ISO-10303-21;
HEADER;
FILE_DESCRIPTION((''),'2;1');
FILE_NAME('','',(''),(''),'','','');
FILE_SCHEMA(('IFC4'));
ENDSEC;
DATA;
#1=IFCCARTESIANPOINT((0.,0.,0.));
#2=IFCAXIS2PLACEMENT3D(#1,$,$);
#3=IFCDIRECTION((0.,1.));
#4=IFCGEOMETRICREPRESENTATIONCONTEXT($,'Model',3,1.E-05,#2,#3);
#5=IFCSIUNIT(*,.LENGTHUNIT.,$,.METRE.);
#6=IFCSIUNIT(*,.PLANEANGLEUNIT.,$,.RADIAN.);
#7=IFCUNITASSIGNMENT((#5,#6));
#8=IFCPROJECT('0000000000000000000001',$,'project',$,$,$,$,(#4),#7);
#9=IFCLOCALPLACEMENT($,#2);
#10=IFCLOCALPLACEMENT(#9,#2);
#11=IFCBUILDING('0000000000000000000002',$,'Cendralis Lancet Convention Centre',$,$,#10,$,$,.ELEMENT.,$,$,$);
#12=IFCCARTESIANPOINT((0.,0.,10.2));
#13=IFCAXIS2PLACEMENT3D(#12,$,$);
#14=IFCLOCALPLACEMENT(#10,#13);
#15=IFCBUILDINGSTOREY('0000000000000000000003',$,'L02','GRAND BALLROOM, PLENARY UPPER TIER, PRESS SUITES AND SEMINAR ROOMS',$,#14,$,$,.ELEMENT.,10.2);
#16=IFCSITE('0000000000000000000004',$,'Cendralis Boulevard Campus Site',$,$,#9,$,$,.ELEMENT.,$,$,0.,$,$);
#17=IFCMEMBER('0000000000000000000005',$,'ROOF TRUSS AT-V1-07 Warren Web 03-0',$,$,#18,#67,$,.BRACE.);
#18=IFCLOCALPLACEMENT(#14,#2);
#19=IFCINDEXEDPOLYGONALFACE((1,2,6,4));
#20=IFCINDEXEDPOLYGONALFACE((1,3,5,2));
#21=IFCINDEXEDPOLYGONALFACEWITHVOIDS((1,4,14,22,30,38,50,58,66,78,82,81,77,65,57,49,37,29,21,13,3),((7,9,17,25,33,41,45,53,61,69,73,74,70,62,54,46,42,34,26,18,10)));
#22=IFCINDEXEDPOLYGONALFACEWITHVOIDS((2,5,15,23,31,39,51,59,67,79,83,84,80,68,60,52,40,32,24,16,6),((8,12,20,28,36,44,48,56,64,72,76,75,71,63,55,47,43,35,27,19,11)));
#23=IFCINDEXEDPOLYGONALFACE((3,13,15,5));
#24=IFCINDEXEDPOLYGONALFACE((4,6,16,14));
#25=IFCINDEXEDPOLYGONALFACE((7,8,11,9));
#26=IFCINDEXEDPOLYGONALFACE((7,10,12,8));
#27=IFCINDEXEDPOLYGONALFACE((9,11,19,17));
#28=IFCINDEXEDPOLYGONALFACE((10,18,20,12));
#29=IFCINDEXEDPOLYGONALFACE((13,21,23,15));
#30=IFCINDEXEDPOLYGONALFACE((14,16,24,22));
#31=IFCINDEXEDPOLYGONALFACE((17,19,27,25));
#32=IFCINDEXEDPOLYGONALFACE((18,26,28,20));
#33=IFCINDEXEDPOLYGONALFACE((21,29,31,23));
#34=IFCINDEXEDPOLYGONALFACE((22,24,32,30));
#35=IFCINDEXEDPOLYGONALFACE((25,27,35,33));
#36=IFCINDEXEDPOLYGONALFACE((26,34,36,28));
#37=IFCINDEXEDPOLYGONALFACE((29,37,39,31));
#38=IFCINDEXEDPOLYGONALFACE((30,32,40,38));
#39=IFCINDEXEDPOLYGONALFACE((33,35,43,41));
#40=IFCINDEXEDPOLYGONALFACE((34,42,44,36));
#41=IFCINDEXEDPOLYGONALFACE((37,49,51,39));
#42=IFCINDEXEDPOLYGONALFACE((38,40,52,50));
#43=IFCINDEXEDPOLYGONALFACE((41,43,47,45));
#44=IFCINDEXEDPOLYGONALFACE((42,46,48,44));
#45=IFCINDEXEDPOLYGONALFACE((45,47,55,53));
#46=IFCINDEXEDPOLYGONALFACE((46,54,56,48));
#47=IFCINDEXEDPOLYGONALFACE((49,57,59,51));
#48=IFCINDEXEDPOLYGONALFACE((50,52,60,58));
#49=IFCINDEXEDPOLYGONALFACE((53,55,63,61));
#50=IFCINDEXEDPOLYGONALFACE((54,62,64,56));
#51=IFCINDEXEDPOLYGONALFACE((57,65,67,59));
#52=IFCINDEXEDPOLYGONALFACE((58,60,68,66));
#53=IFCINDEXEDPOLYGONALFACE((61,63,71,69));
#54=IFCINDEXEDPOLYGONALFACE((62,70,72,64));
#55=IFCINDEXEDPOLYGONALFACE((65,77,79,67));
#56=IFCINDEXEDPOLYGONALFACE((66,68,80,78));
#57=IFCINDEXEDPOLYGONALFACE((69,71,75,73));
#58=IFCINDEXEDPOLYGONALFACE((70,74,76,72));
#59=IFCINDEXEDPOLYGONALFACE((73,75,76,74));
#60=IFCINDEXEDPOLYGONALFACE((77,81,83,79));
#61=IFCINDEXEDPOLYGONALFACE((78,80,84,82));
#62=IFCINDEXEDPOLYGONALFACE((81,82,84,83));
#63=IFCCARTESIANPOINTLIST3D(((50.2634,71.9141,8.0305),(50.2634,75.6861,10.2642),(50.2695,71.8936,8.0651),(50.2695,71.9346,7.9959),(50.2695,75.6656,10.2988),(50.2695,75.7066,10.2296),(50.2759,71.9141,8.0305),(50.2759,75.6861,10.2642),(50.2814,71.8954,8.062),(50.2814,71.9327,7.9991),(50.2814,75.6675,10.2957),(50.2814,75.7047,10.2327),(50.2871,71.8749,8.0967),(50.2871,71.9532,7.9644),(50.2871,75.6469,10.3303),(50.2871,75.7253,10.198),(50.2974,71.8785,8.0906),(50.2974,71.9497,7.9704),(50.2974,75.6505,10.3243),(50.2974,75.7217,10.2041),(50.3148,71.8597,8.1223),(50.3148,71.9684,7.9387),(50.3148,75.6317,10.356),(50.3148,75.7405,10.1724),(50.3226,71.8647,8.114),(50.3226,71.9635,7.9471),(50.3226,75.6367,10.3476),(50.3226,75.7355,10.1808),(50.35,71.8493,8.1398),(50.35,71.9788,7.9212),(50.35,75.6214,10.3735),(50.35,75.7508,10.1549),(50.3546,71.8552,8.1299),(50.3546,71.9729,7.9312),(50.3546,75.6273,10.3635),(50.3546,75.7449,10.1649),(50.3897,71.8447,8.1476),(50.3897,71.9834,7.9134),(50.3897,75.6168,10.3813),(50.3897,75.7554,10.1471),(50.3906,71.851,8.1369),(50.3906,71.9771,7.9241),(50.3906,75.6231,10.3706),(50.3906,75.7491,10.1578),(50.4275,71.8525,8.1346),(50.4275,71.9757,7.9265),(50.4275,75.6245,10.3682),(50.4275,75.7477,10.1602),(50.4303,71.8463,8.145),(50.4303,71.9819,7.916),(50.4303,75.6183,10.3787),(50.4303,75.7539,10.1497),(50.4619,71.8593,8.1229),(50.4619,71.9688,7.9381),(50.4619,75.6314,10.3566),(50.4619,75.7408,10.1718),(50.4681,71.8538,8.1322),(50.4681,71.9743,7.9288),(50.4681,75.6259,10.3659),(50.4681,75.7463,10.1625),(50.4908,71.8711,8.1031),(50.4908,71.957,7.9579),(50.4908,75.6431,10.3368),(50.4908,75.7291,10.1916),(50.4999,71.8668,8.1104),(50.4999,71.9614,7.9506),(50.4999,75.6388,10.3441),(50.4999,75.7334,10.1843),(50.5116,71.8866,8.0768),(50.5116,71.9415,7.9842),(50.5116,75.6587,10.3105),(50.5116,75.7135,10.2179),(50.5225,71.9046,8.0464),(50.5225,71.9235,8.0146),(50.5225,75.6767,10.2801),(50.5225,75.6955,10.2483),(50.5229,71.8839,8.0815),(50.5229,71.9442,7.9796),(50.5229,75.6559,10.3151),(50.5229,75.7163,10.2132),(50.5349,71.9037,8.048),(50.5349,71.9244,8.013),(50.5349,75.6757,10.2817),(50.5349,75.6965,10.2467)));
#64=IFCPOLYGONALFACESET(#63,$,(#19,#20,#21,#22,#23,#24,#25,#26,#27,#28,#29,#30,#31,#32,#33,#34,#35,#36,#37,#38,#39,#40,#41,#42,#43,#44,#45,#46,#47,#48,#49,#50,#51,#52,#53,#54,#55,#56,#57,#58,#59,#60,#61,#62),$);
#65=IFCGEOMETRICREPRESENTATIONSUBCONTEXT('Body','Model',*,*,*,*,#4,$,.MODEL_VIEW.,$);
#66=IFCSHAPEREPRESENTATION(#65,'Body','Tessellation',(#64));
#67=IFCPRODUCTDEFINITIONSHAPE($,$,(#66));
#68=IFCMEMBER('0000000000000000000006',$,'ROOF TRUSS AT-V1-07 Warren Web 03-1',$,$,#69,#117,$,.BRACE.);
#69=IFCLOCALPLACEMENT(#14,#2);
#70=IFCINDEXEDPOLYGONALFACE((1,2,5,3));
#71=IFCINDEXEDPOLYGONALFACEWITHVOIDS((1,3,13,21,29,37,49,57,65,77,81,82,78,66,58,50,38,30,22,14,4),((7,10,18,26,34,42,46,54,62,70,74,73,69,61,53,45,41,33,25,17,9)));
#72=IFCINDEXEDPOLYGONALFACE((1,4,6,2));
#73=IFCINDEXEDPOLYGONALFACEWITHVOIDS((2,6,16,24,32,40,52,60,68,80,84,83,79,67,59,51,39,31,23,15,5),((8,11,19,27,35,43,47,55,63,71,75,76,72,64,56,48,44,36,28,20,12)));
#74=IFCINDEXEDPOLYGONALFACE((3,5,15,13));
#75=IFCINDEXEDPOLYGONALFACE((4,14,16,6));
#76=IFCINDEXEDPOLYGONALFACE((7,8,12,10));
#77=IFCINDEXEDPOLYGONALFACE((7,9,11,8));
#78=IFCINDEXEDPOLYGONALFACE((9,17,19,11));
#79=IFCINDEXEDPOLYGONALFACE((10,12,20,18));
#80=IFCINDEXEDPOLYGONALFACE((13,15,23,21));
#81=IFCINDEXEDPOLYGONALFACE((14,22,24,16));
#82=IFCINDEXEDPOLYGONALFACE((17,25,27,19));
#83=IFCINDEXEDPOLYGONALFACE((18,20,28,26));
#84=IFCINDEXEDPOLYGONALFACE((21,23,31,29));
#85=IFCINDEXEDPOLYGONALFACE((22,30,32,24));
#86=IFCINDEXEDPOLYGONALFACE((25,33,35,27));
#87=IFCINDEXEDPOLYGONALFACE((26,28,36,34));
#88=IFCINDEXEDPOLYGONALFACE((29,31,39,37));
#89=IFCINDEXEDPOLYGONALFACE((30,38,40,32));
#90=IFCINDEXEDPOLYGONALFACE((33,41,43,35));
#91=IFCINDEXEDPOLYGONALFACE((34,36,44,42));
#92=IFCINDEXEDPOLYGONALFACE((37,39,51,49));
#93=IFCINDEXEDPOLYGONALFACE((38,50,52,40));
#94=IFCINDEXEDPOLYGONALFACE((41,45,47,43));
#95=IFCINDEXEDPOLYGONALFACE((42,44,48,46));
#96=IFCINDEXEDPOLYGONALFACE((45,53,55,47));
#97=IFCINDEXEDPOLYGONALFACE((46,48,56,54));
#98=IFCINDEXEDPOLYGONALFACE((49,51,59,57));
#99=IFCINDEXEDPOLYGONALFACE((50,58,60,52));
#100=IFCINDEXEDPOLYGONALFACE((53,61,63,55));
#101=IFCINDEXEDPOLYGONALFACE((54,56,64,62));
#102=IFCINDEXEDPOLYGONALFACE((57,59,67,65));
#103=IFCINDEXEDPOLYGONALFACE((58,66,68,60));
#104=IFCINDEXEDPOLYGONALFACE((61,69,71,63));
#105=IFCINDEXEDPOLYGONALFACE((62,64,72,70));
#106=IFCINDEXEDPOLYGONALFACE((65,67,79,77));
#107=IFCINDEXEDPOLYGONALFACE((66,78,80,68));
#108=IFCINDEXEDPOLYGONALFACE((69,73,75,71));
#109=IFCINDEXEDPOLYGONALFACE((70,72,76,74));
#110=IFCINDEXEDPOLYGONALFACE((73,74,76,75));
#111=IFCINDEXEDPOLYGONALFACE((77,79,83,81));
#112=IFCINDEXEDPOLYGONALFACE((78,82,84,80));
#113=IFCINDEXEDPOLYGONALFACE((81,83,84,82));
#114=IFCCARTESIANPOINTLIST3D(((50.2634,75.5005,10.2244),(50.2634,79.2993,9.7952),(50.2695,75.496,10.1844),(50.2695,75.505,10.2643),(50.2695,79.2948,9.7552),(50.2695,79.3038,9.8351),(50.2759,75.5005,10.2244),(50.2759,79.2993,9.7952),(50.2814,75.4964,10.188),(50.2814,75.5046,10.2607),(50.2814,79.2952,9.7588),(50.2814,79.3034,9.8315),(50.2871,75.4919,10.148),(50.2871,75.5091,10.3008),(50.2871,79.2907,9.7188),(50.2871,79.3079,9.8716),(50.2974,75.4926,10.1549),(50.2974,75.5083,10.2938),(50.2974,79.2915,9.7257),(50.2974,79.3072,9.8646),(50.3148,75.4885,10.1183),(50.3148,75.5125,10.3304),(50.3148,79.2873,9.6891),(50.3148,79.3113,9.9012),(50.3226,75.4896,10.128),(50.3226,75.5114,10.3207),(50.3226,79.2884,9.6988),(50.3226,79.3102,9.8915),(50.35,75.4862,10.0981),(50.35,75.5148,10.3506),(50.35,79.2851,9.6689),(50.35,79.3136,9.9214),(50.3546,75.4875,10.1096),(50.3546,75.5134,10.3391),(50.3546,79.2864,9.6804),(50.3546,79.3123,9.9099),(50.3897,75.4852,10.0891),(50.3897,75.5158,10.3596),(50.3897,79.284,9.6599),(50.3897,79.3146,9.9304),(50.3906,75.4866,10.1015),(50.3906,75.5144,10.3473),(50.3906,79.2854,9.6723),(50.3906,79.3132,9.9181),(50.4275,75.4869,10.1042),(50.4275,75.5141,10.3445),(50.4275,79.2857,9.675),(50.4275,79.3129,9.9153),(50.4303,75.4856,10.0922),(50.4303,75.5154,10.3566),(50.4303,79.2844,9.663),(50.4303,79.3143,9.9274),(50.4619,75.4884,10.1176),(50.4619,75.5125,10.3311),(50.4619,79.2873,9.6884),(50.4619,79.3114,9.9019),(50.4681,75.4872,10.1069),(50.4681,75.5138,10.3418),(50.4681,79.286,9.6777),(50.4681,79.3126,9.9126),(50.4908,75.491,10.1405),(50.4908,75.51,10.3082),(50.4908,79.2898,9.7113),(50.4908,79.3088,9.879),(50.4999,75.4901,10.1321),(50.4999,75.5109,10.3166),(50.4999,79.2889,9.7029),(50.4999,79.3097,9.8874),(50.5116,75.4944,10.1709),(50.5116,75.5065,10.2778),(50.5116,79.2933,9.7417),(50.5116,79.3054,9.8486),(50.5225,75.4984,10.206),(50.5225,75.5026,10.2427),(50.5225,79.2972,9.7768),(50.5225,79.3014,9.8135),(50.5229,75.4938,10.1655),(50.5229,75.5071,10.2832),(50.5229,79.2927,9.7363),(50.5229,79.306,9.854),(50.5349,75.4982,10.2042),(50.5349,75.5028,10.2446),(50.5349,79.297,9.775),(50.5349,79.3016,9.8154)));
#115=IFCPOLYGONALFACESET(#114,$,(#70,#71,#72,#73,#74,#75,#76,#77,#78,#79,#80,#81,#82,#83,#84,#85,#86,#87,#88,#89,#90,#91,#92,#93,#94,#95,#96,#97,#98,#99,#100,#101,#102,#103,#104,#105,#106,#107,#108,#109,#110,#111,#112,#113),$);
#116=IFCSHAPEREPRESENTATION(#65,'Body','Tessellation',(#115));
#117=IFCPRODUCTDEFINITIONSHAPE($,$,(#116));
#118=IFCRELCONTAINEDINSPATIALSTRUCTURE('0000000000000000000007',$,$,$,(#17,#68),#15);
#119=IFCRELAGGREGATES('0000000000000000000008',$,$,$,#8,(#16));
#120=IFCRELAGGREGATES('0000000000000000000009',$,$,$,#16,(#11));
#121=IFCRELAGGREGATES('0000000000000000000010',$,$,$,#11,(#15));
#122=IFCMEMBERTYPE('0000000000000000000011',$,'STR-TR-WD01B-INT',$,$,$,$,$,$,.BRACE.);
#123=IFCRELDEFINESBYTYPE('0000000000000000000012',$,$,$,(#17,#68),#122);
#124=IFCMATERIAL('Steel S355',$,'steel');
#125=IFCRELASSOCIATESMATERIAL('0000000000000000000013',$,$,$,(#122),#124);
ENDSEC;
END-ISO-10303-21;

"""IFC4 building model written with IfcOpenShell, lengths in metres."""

from ifc_helpers import new_model, si_unit, direction, frame, origin, origin_2d, place, context, subcontext, project, spatial, hollow_circle, extrude, material, material_profile, profile_set, type_object, element, save


model = new_model("IFC4")

# Units and contexts
model_context = context("Model", 3, precision=1e-05, world=origin(), true_north=direction((0.0, 1.0)))
body_context = subcontext(model_context, "Body", "Model", "MODEL_VIEW")
ifc_project = project(units=[si_unit("LENGTHUNIT", "METRE"), si_unit("PLANEANGLEUNIT", "RADIAN")], contexts=[model_context])

# Site, building, storey
site_placement = place(None, origin())
site = spatial("IfcSite", under=ifc_project, at=site_placement, Name="Cendralis Boulevard Campus Site", CompositionType="ELEMENT", RefElevation=0.0)
building_placement = place(site_placement, origin())
building = spatial("IfcBuilding", under=site, at=building_placement, Name="Cendralis Lancet Convention Centre", CompositionType="ELEMENT")
storey_placement = place(building_placement, frame((0.0, 0.0, 10.2)))
storey = spatial("IfcBuildingStorey", under=building, at=storey_placement, Name="L02", Description="GRAND BALLROOM, PLENARY UPPER TIER, PRESS SUITES AND SEMINAR ROOMS", CompositionType="ELEMENT", Elevation=10.2)

# Members
ifc_material = material(Name="Steel S355", Category="steel")
ifc_material_profile_1 = material_profile(ifc_material, hollow_circle(Radius=0.1365, WallThickness=0.0125, at=origin_2d()), Name="CHS 273.0x12.5")
ifc_profile_set_1 = profile_set([ifc_material_profile_1], Name="Steel S355")
member_type_1 = type_object("IfcMemberType", Name="STR-TR-WD01B-INT", PredefinedType="BRACE", material=ifc_profile_set_1)
member_1_placement = place(storey_placement, frame((50.3999, 71.9141, 8.0305), z_axis=(0.0, 0.860452, 0.509532), x_axis=(-1.0, 0.0, 0.0)))
element("IfcMember", 1, at=member_1_placement, inside=storey, type_object=member_type_1, Name="ROOF TRUSS AT-V1-07 Warren Web 03-0", PredefinedType="BRACE", context=body_context, shape_type="SweptSolid", body=[
    extrude(hollow_circle(Radius=0.1365, WallThickness=0.0125, at=origin_2d()), origin(), (0.0, 0.0, 1.0), 4.3838),
])
member_2_placement = place(storey_placement, frame((50.3999, 75.5005, 10.2244), z_axis=(0.0, 0.993678, -0.112268), x_axis=(-1.0, 0.0, 0.0)))
element("IfcMember", 2, at=member_2_placement, inside=storey, type_object=member_type_1, Name="ROOF TRUSS AT-V1-07 Warren Web 03-1", PredefinedType="BRACE", context=body_context, shape_type="SweptSolid", body=[
    extrude(hollow_circle(Radius=0.1365, WallThickness=0.0125, at=origin_2d()), origin(), (0.0, 0.0, 1.0), 3.823),
])

save(model, "model.ifc")
